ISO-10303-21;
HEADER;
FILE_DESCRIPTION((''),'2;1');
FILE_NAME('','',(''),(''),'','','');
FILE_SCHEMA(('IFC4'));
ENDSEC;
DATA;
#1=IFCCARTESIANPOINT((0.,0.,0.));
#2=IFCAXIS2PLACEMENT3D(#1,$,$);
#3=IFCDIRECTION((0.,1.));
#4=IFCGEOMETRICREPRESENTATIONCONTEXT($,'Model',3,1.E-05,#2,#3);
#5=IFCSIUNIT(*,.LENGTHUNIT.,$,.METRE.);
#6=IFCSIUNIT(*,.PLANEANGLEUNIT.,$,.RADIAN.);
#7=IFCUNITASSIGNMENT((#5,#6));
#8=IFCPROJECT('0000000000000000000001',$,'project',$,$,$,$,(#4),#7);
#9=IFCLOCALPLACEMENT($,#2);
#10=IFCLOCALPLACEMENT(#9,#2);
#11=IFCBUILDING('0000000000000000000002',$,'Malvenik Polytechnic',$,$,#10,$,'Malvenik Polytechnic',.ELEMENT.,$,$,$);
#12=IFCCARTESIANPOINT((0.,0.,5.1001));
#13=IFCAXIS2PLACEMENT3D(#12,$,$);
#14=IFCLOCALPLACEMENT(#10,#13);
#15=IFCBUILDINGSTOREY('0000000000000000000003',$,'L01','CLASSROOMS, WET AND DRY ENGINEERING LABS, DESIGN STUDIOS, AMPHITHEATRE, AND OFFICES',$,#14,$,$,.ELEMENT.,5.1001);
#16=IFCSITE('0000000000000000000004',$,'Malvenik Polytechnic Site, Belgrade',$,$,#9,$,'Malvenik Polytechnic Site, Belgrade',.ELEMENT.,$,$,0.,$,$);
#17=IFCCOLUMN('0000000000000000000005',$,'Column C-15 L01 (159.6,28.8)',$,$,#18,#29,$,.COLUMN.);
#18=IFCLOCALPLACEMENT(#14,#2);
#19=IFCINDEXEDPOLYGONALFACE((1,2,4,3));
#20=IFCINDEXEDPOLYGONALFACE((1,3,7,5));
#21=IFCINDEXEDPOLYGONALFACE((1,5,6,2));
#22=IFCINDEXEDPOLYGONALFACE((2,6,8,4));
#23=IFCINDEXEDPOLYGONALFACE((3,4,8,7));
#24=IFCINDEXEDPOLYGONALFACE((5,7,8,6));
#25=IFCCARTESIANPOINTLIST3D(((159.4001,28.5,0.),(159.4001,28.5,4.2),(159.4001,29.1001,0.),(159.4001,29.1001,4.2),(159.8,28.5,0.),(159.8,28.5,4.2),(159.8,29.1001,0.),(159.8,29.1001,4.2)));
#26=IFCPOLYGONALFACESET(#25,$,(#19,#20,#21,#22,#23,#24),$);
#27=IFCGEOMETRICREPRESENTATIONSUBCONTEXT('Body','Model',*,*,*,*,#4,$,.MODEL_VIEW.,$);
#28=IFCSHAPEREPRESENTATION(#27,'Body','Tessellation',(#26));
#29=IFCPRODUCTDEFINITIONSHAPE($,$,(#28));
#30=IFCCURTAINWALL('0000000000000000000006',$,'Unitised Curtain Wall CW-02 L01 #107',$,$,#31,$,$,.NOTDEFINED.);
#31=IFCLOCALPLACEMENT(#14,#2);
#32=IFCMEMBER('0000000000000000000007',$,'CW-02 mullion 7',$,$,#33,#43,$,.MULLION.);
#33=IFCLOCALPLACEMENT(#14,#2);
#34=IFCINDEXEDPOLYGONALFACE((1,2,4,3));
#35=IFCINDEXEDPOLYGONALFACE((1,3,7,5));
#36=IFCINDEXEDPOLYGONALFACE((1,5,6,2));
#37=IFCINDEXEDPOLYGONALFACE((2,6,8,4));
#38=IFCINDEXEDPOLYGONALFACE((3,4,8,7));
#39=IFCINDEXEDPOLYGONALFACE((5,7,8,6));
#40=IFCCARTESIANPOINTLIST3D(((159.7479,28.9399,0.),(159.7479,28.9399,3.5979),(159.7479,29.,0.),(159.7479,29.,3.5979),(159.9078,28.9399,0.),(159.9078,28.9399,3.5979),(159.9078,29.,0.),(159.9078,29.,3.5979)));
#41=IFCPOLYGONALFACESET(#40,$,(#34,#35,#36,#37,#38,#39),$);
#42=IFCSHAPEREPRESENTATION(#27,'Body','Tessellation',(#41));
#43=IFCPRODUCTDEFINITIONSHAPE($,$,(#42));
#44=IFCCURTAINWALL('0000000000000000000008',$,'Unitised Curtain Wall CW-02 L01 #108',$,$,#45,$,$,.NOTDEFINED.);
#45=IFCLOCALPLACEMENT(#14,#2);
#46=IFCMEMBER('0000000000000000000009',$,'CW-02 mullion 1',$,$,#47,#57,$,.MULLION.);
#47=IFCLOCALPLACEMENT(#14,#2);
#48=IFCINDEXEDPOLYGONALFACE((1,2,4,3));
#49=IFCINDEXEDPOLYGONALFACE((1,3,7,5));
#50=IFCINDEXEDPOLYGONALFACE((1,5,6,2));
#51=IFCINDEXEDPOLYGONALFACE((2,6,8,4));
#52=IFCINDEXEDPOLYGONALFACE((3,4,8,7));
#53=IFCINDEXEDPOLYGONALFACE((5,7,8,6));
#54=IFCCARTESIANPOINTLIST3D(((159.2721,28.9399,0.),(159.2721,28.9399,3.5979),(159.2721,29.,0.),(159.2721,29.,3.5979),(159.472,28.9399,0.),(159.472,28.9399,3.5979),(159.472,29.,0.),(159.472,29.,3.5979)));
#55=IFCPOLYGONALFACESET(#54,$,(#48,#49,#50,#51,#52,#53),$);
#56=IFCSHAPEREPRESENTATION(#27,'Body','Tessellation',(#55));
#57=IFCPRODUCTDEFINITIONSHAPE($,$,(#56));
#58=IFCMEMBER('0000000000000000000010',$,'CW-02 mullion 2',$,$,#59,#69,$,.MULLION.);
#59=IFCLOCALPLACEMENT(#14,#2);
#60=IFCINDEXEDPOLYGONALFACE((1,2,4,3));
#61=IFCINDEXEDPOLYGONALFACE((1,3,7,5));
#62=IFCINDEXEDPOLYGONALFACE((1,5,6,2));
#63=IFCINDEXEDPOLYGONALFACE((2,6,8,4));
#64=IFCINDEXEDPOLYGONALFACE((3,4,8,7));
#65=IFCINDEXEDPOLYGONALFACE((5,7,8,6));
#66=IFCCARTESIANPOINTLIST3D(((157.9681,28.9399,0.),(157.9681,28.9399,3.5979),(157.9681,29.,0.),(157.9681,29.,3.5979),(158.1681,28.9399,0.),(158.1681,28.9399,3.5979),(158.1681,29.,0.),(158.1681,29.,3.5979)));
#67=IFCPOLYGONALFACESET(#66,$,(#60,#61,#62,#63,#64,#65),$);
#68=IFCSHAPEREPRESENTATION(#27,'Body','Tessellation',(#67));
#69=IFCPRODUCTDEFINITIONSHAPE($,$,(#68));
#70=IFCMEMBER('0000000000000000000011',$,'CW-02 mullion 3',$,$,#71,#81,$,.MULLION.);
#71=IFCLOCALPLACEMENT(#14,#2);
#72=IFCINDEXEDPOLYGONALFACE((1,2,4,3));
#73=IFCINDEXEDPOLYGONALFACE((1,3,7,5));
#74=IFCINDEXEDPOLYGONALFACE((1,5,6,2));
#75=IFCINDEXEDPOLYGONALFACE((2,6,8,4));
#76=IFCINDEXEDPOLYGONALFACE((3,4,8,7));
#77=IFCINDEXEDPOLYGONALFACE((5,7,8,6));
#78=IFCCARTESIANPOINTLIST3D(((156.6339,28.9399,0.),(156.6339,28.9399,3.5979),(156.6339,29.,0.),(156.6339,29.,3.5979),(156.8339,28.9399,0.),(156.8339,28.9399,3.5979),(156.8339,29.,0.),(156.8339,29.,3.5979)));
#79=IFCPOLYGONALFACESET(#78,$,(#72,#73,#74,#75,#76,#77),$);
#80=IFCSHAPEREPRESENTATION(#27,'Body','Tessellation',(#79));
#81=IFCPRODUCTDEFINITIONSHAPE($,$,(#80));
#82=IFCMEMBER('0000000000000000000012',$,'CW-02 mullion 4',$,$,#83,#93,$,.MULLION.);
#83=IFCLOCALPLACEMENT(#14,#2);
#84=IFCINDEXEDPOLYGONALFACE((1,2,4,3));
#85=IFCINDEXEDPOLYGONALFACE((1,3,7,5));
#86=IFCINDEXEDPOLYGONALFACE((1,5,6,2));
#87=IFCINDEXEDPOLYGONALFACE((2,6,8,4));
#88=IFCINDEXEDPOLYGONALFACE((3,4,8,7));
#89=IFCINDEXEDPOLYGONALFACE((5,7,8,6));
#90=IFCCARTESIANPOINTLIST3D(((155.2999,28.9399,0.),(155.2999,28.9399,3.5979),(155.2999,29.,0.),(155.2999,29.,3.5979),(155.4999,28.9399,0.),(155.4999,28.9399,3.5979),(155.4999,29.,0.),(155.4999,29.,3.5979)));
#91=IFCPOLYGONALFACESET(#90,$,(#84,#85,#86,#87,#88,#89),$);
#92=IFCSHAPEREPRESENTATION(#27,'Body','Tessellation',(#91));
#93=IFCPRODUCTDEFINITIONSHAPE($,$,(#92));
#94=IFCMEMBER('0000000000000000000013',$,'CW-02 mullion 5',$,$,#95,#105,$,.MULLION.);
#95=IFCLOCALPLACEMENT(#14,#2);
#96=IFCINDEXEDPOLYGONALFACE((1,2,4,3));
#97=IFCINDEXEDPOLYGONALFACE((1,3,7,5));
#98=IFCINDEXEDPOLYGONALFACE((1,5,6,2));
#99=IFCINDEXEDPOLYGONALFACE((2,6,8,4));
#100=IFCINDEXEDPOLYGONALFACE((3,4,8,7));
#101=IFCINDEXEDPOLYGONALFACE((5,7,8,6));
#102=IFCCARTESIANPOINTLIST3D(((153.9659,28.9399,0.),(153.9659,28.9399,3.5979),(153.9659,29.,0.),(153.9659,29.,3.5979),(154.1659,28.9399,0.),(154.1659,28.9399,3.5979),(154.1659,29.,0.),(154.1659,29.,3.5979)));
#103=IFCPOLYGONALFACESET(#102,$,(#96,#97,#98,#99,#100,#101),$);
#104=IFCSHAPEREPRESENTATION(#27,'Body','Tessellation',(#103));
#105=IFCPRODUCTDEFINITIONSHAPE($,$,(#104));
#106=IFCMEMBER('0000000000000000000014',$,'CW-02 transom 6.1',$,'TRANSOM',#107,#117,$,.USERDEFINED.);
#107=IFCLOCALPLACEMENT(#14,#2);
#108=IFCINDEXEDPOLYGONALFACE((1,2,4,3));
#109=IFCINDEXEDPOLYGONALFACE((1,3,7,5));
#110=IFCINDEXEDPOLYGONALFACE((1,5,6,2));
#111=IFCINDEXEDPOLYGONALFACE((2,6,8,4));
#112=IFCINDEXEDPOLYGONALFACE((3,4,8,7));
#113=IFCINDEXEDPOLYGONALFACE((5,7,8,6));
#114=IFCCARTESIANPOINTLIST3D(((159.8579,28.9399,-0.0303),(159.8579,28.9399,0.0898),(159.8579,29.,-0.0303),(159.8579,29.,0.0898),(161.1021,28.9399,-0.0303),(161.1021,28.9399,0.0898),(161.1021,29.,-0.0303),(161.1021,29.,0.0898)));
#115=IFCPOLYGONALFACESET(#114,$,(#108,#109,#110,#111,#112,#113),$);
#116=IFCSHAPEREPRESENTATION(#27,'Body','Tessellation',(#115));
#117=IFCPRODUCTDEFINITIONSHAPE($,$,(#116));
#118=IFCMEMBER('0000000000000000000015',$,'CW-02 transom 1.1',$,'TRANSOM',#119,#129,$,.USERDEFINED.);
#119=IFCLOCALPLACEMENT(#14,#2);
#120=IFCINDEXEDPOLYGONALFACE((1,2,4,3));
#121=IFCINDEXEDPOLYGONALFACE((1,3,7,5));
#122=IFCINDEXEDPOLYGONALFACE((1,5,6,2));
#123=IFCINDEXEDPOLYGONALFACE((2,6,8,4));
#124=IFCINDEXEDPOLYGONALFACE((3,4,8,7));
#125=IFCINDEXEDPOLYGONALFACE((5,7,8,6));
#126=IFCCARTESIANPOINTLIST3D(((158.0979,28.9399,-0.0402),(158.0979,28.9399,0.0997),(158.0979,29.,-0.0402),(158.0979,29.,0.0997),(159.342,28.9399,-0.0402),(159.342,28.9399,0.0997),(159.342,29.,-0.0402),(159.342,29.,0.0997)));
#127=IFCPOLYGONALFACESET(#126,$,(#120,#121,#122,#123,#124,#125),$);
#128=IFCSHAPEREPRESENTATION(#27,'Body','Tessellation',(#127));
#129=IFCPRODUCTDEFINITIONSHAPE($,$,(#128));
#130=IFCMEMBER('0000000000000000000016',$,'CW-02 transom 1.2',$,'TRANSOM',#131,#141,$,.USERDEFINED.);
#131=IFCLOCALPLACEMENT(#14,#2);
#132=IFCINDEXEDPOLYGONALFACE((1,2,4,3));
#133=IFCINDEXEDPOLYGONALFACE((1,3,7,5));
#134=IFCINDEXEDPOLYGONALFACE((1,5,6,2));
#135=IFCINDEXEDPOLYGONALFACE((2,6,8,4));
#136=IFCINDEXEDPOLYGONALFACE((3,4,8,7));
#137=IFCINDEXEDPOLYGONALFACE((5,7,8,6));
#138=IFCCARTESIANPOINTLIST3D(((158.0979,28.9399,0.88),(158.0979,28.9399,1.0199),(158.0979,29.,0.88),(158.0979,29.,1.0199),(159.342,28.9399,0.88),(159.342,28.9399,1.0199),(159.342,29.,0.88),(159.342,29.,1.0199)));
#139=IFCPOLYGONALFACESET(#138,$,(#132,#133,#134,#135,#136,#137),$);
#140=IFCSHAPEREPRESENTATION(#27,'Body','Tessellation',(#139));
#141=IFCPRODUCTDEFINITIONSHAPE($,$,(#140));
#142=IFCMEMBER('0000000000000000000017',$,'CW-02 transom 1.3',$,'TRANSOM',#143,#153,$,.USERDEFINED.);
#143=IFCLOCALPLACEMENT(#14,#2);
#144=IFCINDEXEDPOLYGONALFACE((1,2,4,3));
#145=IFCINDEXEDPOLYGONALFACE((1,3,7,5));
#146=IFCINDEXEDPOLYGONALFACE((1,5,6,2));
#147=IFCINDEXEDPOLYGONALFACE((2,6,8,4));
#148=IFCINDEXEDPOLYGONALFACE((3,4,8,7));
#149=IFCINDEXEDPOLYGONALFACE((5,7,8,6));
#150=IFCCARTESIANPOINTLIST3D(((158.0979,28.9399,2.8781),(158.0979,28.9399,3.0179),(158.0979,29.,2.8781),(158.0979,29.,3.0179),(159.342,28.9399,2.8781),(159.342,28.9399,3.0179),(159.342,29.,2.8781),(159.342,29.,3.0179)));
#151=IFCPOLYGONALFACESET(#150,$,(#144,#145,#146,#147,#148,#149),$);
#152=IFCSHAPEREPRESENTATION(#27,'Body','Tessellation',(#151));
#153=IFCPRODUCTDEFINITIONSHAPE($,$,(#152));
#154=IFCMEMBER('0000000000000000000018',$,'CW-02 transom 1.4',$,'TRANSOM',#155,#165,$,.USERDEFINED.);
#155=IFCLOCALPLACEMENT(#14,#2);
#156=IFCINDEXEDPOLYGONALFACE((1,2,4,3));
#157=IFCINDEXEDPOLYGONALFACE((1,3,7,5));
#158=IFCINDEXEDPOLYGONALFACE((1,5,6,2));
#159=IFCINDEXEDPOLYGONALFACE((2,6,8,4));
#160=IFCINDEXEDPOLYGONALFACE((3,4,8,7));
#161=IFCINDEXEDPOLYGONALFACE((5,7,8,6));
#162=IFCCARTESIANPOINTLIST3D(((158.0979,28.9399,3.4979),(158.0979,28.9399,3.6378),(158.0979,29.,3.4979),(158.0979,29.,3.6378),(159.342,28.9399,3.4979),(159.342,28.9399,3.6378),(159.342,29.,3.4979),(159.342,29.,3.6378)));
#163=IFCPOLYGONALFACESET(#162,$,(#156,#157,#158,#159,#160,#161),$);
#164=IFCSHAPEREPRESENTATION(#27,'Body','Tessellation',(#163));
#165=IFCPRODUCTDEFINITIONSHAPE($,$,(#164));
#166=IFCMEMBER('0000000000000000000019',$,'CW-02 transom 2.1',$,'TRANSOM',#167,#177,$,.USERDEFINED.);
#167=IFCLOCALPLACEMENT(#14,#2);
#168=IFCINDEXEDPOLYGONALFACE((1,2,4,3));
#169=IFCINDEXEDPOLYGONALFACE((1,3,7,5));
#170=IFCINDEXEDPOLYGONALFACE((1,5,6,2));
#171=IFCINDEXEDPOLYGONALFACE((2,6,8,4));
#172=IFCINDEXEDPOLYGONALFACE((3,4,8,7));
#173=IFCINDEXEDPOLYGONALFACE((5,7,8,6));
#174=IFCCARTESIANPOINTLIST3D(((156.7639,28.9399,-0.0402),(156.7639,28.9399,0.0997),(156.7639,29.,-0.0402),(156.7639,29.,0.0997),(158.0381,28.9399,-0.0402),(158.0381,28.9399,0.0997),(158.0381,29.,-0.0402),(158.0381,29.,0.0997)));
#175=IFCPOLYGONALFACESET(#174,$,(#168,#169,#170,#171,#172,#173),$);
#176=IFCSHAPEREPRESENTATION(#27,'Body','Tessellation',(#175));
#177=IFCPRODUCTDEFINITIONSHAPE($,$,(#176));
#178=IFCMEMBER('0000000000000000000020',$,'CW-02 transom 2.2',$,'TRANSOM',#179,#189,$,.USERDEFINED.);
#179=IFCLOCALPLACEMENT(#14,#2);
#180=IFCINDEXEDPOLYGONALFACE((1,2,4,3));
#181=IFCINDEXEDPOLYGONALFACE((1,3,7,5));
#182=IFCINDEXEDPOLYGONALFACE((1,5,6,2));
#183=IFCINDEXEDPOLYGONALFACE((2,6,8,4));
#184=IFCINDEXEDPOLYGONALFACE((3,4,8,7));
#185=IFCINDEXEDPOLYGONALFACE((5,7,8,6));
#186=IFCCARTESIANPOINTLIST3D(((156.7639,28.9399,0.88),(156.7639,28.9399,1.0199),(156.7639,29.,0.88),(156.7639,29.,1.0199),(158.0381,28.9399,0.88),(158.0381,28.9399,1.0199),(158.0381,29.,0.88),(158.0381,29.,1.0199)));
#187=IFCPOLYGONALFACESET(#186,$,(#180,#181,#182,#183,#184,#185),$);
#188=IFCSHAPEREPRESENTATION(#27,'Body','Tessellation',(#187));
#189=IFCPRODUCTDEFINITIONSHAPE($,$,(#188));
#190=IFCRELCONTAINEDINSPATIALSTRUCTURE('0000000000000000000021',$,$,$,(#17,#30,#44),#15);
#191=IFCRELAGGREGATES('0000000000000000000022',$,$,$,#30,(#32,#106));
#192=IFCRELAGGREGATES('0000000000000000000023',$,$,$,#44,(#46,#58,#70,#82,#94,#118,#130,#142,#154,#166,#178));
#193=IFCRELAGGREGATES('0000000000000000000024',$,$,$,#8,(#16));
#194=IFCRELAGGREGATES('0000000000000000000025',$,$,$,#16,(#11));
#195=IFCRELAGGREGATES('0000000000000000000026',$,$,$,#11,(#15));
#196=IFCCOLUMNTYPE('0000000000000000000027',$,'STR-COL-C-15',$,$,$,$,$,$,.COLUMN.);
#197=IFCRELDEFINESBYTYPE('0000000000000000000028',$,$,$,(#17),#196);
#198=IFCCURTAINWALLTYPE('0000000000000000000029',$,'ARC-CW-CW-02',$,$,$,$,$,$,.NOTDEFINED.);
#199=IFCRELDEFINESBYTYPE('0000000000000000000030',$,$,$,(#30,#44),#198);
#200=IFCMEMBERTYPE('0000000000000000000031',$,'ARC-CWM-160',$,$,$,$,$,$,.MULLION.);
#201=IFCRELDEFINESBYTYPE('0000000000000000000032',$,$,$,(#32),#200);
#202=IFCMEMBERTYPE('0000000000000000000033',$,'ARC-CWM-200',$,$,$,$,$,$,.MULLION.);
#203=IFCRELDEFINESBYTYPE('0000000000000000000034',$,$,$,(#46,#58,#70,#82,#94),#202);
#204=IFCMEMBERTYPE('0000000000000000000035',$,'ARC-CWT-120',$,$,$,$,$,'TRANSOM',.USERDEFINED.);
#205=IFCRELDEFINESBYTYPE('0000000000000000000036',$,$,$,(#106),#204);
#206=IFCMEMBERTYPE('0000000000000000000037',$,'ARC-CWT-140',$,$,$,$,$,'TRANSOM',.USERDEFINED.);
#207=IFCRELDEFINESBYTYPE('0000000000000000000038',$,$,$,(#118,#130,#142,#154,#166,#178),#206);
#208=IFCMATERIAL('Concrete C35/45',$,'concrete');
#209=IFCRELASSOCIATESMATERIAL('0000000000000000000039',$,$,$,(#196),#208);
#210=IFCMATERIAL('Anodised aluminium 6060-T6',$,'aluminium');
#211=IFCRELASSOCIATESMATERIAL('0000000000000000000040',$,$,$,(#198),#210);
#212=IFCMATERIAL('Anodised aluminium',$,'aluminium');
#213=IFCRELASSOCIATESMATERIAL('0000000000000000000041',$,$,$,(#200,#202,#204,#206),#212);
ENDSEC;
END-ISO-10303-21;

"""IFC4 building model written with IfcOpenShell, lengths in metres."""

from ifc_helpers import new_model, si_unit, direction, frame, origin, origin_2d, place, context, subcontext, project, spatial, rectangle, extrude, material, material_profile, profile_set, type_object, element, aggregate, save


model = new_model("IFC4")

# Units and contexts
model_context = context("Model", 3, precision=1e-05, world=origin(), true_north=direction((0.0, 1.0)))
body_context = subcontext(model_context, "Body", "Model", "MODEL_VIEW")
ifc_project = project(units=[si_unit("LENGTHUNIT", "METRE"), si_unit("PLANEANGLEUNIT", "RADIAN")], contexts=[model_context])

# Site, building, storey
site_placement = place(None, origin())
site = spatial("IfcSite", under=ifc_project, at=site_placement, Name="Malvenik Polytechnic Site, Belgrade", LongName="Malvenik Polytechnic Site, Belgrade", CompositionType="ELEMENT", RefElevation=0.0)
building_placement = place(site_placement, origin())
building = spatial("IfcBuilding", under=site, at=building_placement, Name="Malvenik Polytechnic", LongName="Malvenik Polytechnic", CompositionType="ELEMENT")
storey_placement = place(building_placement, frame((0.0, 0.0, 5.1001)))
storey = spatial("IfcBuildingStorey", under=building, at=storey_placement, Name="L01", Description="CLASSROOMS, WET AND DRY ENGINEERING LABS, DESIGN STUDIOS, AMPHITHEATRE, AND OFFICES", CompositionType="ELEMENT", Elevation=5.1001)

# Column
ifc_material_1 = material(Name="Concrete C35/45", Category="concrete")
ifc_material_profile_1 = material_profile(ifc_material_1, rectangle(XDim=0.3999, YDim=0.6001, at=origin_2d()), Name="RC COL 600x400")
ifc_profile_set_1 = profile_set([ifc_material_profile_1], Name="Concrete C35/45")
column_type = type_object("IfcColumnType", Name="STR-COL-C-15", PredefinedType="COLUMN", material=ifc_profile_set_1)
column_placement = place(storey_placement, frame((159.6001, 28.8, 0.0), z_axis=(0.0, 0.0, 1.0), x_axis=(1.0, 0.0, 0.0)))
element("IfcColumn", 1, at=column_placement, inside=storey, type_object=column_type, Name="Column C-15 L01 (159.6,28.8)", PredefinedType="COLUMN", context=body_context, shape_type="SweptSolid", body=[
    extrude(rectangle(XDim=0.3999, YDim=0.6001, at=origin_2d()), origin(), (0.0, 0.0, 1.0), 4.2),
])

# Curtain wall, member
ifc_material_2 = material(Name="Anodised aluminium 6060-T6", Category="aluminium")
curtain_wall_type = type_object("IfcCurtainWallType", Name="ARC-CW-CW-02", PredefinedType="NOTDEFINED", material=ifc_material_2)
curtain_wall_1_placement = place(storey_placement, origin())
curtain_wall_1 = element("IfcCurtainWall", 2, at=curtain_wall_1_placement, inside=storey, type_object=curtain_wall_type, Name="Unitised Curtain Wall CW-02 L01 #107", PredefinedType="NOTDEFINED")
ifc_material_3 = material(Name="Anodised aluminium", Category="aluminium")
ifc_material_profile_2 = material_profile(ifc_material_3, rectangle(XDim=0.0601, YDim=0.1599, at=origin_2d()), Name="ALU MULLION 60x160")
ifc_profile_set_2 = profile_set([ifc_material_profile_2], Name="Anodised aluminium")
member_type_1 = type_object("IfcMemberType", Name="ARC-CWM-160", PredefinedType="MULLION", material=ifc_profile_set_2)
member_1_placement = place(storey_placement, frame((159.8279, 28.97, 0.0), z_axis=(0.0, 0.0, 1.0), x_axis=(0.0, -1.0, 0.0)))
member_1 = element("IfcMember", 3, at=member_1_placement, type_object=member_type_1, Name="CW-02 mullion 7", PredefinedType="MULLION", context=body_context, shape_type="SweptSolid", body=[
    extrude(rectangle(XDim=0.0601, YDim=0.1599, at=origin_2d()), origin(), (0.0, 0.0, 1.0), 3.5979),
])

# Curtain wall, members
curtain_wall_2_placement = place(storey_placement, origin())
curtain_wall_2 = element("IfcCurtainWall", 4, at=curtain_wall_2_placement, inside=storey, type_object=curtain_wall_type, Name="Unitised Curtain Wall CW-02 L01 #108", PredefinedType="NOTDEFINED")
ifc_material_profile_3 = material_profile(ifc_material_3, rectangle(XDim=0.0601, YDim=0.2, at=origin_2d()), Name="ALU MULLION 60x200")
ifc_profile_set_3 = profile_set([ifc_material_profile_3], Name="Anodised aluminium")
member_type_2 = type_object("IfcMemberType", Name="ARC-CWM-200", PredefinedType="MULLION", material=ifc_profile_set_3)
member_2_placement = place(storey_placement, frame((159.3721, 28.97, 0.0), z_axis=(0.0, 0.0, 1.0), x_axis=(0.0, -1.0, 0.0)))
member_2 = element("IfcMember", 5, at=member_2_placement, type_object=member_type_2, Name="CW-02 mullion 1", PredefinedType="MULLION", context=body_context, shape_type="SweptSolid", body=[
    extrude(rectangle(XDim=0.0601, YDim=0.2, at=origin_2d()), origin(), (0.0, 0.0, 1.0), 3.5979),
])
member_3_placement = place(storey_placement, frame((158.0681, 28.97, 0.0), z_axis=(0.0, 0.0, 1.0), x_axis=(0.0, -1.0, 0.0)))
member_3 = element("IfcMember", 6, at=member_3_placement, type_object=member_type_2, Name="CW-02 mullion 2", PredefinedType="MULLION", context=body_context, shape_type="SweptSolid", body=[
    extrude(rectangle(XDim=0.0601, YDim=0.2, at=origin_2d()), origin(), (0.0, 0.0, 1.0), 3.5979),
])
member_4_placement = place(storey_placement, frame((156.7339, 28.97, 0.0), z_axis=(0.0, 0.0, 1.0), x_axis=(0.0, -1.0, 0.0)))
member_4 = element("IfcMember", 7, at=member_4_placement, type_object=member_type_2, Name="CW-02 mullion 3", PredefinedType="MULLION", context=body_context, shape_type="SweptSolid", body=[
    extrude(rectangle(XDim=0.0601, YDim=0.2, at=origin_2d()), origin(), (0.0, 0.0, 1.0), 3.5979),
])
member_5_placement = place(storey_placement, frame((155.3999, 28.97, 0.0), z_axis=(0.0, 0.0, 1.0), x_axis=(0.0, -1.0, 0.0)))
member_5 = element("IfcMember", 8, at=member_5_placement, type_object=member_type_2, Name="CW-02 mullion 4", PredefinedType="MULLION", context=body_context, shape_type="SweptSolid", body=[
    extrude(rectangle(XDim=0.0601, YDim=0.2, at=origin_2d()), origin(), (0.0, 0.0, 1.0), 3.5979),
])
member_6_placement = place(storey_placement, frame((154.0659, 28.97, 0.0), z_axis=(0.0, 0.0, 1.0), x_axis=(0.0, -1.0, 0.0)))
member_6 = element("IfcMember", 9, at=member_6_placement, type_object=member_type_2, Name="CW-02 mullion 5", PredefinedType="MULLION", context=body_context, shape_type="SweptSolid", body=[
    extrude(rectangle(XDim=0.0601, YDim=0.2, at=origin_2d()), origin(), (0.0, 0.0, 1.0), 3.5979),
])

# Members
ifc_material_profile_4 = material_profile(ifc_material_3, rectangle(XDim=0.0601, YDim=0.1201, at=origin_2d()), Name="ALU TRANSOM 60x120")
ifc_profile_set_4 = profile_set([ifc_material_profile_4], Name="Anodised aluminium")
member_type_3 = type_object("IfcMemberType", Name="ARC-CWT-120", ElementType="TRANSOM", PredefinedType="USERDEFINED", material=ifc_profile_set_4)
member_7_placement = place(storey_placement, frame((161.1021, 28.97, 0.0298), z_axis=(-1.0, 0.0, 0.0), x_axis=(0.0, -1.0, 0.0)))
member_7 = element("IfcMember", 10, at=member_7_placement, type_object=member_type_3, Name="CW-02 transom 6.1", ObjectType="TRANSOM", PredefinedType="USERDEFINED", context=body_context, shape_type="SweptSolid", body=[
    extrude(rectangle(XDim=0.0601, YDim=0.1201, at=origin_2d()), origin(), (0.0, 0.0, 1.0), 1.2441),
])
ifc_material_profile_5 = material_profile(ifc_material_3, rectangle(XDim=0.0601, YDim=0.1399, at=origin_2d()), Name="ALU TRANSOM 60x140")
ifc_profile_set_5 = profile_set([ifc_material_profile_5], Name="Anodised aluminium")
member_type_4 = type_object("IfcMemberType", Name="ARC-CWT-140", ElementType="TRANSOM", PredefinedType="USERDEFINED", material=ifc_profile_set_5)
member_8_placement = place(storey_placement, frame((159.342, 28.97, 0.0298), z_axis=(-1.0, 0.0, 0.0), x_axis=(0.0, -1.0, 0.0)))
member_8 = element("IfcMember", 11, at=member_8_placement, type_object=member_type_4, Name="CW-02 transom 1.1", ObjectType="TRANSOM", PredefinedType="USERDEFINED", context=body_context, shape_type="SweptSolid", body=[
    extrude(rectangle(XDim=0.0601, YDim=0.1399, at=origin_2d()), origin(), (0.0, 0.0, 1.0), 1.2441),
])
member_9_placement = place(storey_placement, frame((159.342, 28.97, 0.95), z_axis=(-1.0, 0.0, 0.0), x_axis=(0.0, -1.0, 0.0)))
member_9 = element("IfcMember", 12, at=member_9_placement, type_object=member_type_4, Name="CW-02 transom 1.2", ObjectType="TRANSOM", PredefinedType="USERDEFINED", context=body_context, shape_type="SweptSolid", body=[
    extrude(rectangle(XDim=0.0601, YDim=0.1399, at=origin_2d()), origin(), (0.0, 0.0, 1.0), 1.2441),
])
member_10_placement = place(storey_placement, frame((159.342, 28.97, 2.948), z_axis=(-1.0, 0.0, 0.0), x_axis=(0.0, -1.0, 0.0)))
member_10 = element("IfcMember", 13, at=member_10_placement, type_object=member_type_4, Name="CW-02 transom 1.3", ObjectType="TRANSOM", PredefinedType="USERDEFINED", context=body_context, shape_type="SweptSolid", body=[
    extrude(rectangle(XDim=0.0601, YDim=0.1399, at=origin_2d()), origin(), (0.0, 0.0, 1.0), 1.2441),
])
member_11_placement = place(storey_placement, frame((159.342, 28.97, 3.5679), z_axis=(-1.0, 0.0, 0.0), x_axis=(0.0, -1.0, 0.0)))
member_11 = element("IfcMember", 14, at=member_11_placement, type_object=member_type_4, Name="CW-02 transom 1.4", ObjectType="TRANSOM", PredefinedType="USERDEFINED", context=body_context, shape_type="SweptSolid", body=[
    extrude(rectangle(XDim=0.0601, YDim=0.1399, at=origin_2d()), origin(), (0.0, 0.0, 1.0), 1.2441),
])
member_12_placement = place(storey_placement, frame((158.0381, 28.97, 0.0298), z_axis=(-1.0, 0.0, 0.0), x_axis=(0.0, -1.0, 0.0)))
member_12 = element("IfcMember", 15, at=member_12_placement, type_object=member_type_4, Name="CW-02 transom 2.1", ObjectType="TRANSOM", PredefinedType="USERDEFINED", context=body_context, shape_type="SweptSolid", body=[
    extrude(rectangle(XDim=0.0601, YDim=0.1399, at=origin_2d()), origin(), (0.0, 0.0, 1.0), 1.2742),
])
member_13_placement = place(storey_placement, frame((158.0381, 28.97, 0.95), z_axis=(-1.0, 0.0, 0.0), x_axis=(0.0, -1.0, 0.0)))
member_13 = element("IfcMember", 16, at=member_13_placement, type_object=member_type_4, Name="CW-02 transom 2.2", ObjectType="TRANSOM", PredefinedType="USERDEFINED", context=body_context, shape_type="SweptSolid", body=[
    extrude(rectangle(XDim=0.0601, YDim=0.1399, at=origin_2d()), origin(), (0.0, 0.0, 1.0), 1.2742),
])

aggregate(curtain_wall_1, [member_1, member_7])
aggregate(curtain_wall_2, [member_2, member_3, member_4, member_5, member_6, member_8, member_9, member_10, member_11, member_12, member_13])

save(model, "model.ifc")
